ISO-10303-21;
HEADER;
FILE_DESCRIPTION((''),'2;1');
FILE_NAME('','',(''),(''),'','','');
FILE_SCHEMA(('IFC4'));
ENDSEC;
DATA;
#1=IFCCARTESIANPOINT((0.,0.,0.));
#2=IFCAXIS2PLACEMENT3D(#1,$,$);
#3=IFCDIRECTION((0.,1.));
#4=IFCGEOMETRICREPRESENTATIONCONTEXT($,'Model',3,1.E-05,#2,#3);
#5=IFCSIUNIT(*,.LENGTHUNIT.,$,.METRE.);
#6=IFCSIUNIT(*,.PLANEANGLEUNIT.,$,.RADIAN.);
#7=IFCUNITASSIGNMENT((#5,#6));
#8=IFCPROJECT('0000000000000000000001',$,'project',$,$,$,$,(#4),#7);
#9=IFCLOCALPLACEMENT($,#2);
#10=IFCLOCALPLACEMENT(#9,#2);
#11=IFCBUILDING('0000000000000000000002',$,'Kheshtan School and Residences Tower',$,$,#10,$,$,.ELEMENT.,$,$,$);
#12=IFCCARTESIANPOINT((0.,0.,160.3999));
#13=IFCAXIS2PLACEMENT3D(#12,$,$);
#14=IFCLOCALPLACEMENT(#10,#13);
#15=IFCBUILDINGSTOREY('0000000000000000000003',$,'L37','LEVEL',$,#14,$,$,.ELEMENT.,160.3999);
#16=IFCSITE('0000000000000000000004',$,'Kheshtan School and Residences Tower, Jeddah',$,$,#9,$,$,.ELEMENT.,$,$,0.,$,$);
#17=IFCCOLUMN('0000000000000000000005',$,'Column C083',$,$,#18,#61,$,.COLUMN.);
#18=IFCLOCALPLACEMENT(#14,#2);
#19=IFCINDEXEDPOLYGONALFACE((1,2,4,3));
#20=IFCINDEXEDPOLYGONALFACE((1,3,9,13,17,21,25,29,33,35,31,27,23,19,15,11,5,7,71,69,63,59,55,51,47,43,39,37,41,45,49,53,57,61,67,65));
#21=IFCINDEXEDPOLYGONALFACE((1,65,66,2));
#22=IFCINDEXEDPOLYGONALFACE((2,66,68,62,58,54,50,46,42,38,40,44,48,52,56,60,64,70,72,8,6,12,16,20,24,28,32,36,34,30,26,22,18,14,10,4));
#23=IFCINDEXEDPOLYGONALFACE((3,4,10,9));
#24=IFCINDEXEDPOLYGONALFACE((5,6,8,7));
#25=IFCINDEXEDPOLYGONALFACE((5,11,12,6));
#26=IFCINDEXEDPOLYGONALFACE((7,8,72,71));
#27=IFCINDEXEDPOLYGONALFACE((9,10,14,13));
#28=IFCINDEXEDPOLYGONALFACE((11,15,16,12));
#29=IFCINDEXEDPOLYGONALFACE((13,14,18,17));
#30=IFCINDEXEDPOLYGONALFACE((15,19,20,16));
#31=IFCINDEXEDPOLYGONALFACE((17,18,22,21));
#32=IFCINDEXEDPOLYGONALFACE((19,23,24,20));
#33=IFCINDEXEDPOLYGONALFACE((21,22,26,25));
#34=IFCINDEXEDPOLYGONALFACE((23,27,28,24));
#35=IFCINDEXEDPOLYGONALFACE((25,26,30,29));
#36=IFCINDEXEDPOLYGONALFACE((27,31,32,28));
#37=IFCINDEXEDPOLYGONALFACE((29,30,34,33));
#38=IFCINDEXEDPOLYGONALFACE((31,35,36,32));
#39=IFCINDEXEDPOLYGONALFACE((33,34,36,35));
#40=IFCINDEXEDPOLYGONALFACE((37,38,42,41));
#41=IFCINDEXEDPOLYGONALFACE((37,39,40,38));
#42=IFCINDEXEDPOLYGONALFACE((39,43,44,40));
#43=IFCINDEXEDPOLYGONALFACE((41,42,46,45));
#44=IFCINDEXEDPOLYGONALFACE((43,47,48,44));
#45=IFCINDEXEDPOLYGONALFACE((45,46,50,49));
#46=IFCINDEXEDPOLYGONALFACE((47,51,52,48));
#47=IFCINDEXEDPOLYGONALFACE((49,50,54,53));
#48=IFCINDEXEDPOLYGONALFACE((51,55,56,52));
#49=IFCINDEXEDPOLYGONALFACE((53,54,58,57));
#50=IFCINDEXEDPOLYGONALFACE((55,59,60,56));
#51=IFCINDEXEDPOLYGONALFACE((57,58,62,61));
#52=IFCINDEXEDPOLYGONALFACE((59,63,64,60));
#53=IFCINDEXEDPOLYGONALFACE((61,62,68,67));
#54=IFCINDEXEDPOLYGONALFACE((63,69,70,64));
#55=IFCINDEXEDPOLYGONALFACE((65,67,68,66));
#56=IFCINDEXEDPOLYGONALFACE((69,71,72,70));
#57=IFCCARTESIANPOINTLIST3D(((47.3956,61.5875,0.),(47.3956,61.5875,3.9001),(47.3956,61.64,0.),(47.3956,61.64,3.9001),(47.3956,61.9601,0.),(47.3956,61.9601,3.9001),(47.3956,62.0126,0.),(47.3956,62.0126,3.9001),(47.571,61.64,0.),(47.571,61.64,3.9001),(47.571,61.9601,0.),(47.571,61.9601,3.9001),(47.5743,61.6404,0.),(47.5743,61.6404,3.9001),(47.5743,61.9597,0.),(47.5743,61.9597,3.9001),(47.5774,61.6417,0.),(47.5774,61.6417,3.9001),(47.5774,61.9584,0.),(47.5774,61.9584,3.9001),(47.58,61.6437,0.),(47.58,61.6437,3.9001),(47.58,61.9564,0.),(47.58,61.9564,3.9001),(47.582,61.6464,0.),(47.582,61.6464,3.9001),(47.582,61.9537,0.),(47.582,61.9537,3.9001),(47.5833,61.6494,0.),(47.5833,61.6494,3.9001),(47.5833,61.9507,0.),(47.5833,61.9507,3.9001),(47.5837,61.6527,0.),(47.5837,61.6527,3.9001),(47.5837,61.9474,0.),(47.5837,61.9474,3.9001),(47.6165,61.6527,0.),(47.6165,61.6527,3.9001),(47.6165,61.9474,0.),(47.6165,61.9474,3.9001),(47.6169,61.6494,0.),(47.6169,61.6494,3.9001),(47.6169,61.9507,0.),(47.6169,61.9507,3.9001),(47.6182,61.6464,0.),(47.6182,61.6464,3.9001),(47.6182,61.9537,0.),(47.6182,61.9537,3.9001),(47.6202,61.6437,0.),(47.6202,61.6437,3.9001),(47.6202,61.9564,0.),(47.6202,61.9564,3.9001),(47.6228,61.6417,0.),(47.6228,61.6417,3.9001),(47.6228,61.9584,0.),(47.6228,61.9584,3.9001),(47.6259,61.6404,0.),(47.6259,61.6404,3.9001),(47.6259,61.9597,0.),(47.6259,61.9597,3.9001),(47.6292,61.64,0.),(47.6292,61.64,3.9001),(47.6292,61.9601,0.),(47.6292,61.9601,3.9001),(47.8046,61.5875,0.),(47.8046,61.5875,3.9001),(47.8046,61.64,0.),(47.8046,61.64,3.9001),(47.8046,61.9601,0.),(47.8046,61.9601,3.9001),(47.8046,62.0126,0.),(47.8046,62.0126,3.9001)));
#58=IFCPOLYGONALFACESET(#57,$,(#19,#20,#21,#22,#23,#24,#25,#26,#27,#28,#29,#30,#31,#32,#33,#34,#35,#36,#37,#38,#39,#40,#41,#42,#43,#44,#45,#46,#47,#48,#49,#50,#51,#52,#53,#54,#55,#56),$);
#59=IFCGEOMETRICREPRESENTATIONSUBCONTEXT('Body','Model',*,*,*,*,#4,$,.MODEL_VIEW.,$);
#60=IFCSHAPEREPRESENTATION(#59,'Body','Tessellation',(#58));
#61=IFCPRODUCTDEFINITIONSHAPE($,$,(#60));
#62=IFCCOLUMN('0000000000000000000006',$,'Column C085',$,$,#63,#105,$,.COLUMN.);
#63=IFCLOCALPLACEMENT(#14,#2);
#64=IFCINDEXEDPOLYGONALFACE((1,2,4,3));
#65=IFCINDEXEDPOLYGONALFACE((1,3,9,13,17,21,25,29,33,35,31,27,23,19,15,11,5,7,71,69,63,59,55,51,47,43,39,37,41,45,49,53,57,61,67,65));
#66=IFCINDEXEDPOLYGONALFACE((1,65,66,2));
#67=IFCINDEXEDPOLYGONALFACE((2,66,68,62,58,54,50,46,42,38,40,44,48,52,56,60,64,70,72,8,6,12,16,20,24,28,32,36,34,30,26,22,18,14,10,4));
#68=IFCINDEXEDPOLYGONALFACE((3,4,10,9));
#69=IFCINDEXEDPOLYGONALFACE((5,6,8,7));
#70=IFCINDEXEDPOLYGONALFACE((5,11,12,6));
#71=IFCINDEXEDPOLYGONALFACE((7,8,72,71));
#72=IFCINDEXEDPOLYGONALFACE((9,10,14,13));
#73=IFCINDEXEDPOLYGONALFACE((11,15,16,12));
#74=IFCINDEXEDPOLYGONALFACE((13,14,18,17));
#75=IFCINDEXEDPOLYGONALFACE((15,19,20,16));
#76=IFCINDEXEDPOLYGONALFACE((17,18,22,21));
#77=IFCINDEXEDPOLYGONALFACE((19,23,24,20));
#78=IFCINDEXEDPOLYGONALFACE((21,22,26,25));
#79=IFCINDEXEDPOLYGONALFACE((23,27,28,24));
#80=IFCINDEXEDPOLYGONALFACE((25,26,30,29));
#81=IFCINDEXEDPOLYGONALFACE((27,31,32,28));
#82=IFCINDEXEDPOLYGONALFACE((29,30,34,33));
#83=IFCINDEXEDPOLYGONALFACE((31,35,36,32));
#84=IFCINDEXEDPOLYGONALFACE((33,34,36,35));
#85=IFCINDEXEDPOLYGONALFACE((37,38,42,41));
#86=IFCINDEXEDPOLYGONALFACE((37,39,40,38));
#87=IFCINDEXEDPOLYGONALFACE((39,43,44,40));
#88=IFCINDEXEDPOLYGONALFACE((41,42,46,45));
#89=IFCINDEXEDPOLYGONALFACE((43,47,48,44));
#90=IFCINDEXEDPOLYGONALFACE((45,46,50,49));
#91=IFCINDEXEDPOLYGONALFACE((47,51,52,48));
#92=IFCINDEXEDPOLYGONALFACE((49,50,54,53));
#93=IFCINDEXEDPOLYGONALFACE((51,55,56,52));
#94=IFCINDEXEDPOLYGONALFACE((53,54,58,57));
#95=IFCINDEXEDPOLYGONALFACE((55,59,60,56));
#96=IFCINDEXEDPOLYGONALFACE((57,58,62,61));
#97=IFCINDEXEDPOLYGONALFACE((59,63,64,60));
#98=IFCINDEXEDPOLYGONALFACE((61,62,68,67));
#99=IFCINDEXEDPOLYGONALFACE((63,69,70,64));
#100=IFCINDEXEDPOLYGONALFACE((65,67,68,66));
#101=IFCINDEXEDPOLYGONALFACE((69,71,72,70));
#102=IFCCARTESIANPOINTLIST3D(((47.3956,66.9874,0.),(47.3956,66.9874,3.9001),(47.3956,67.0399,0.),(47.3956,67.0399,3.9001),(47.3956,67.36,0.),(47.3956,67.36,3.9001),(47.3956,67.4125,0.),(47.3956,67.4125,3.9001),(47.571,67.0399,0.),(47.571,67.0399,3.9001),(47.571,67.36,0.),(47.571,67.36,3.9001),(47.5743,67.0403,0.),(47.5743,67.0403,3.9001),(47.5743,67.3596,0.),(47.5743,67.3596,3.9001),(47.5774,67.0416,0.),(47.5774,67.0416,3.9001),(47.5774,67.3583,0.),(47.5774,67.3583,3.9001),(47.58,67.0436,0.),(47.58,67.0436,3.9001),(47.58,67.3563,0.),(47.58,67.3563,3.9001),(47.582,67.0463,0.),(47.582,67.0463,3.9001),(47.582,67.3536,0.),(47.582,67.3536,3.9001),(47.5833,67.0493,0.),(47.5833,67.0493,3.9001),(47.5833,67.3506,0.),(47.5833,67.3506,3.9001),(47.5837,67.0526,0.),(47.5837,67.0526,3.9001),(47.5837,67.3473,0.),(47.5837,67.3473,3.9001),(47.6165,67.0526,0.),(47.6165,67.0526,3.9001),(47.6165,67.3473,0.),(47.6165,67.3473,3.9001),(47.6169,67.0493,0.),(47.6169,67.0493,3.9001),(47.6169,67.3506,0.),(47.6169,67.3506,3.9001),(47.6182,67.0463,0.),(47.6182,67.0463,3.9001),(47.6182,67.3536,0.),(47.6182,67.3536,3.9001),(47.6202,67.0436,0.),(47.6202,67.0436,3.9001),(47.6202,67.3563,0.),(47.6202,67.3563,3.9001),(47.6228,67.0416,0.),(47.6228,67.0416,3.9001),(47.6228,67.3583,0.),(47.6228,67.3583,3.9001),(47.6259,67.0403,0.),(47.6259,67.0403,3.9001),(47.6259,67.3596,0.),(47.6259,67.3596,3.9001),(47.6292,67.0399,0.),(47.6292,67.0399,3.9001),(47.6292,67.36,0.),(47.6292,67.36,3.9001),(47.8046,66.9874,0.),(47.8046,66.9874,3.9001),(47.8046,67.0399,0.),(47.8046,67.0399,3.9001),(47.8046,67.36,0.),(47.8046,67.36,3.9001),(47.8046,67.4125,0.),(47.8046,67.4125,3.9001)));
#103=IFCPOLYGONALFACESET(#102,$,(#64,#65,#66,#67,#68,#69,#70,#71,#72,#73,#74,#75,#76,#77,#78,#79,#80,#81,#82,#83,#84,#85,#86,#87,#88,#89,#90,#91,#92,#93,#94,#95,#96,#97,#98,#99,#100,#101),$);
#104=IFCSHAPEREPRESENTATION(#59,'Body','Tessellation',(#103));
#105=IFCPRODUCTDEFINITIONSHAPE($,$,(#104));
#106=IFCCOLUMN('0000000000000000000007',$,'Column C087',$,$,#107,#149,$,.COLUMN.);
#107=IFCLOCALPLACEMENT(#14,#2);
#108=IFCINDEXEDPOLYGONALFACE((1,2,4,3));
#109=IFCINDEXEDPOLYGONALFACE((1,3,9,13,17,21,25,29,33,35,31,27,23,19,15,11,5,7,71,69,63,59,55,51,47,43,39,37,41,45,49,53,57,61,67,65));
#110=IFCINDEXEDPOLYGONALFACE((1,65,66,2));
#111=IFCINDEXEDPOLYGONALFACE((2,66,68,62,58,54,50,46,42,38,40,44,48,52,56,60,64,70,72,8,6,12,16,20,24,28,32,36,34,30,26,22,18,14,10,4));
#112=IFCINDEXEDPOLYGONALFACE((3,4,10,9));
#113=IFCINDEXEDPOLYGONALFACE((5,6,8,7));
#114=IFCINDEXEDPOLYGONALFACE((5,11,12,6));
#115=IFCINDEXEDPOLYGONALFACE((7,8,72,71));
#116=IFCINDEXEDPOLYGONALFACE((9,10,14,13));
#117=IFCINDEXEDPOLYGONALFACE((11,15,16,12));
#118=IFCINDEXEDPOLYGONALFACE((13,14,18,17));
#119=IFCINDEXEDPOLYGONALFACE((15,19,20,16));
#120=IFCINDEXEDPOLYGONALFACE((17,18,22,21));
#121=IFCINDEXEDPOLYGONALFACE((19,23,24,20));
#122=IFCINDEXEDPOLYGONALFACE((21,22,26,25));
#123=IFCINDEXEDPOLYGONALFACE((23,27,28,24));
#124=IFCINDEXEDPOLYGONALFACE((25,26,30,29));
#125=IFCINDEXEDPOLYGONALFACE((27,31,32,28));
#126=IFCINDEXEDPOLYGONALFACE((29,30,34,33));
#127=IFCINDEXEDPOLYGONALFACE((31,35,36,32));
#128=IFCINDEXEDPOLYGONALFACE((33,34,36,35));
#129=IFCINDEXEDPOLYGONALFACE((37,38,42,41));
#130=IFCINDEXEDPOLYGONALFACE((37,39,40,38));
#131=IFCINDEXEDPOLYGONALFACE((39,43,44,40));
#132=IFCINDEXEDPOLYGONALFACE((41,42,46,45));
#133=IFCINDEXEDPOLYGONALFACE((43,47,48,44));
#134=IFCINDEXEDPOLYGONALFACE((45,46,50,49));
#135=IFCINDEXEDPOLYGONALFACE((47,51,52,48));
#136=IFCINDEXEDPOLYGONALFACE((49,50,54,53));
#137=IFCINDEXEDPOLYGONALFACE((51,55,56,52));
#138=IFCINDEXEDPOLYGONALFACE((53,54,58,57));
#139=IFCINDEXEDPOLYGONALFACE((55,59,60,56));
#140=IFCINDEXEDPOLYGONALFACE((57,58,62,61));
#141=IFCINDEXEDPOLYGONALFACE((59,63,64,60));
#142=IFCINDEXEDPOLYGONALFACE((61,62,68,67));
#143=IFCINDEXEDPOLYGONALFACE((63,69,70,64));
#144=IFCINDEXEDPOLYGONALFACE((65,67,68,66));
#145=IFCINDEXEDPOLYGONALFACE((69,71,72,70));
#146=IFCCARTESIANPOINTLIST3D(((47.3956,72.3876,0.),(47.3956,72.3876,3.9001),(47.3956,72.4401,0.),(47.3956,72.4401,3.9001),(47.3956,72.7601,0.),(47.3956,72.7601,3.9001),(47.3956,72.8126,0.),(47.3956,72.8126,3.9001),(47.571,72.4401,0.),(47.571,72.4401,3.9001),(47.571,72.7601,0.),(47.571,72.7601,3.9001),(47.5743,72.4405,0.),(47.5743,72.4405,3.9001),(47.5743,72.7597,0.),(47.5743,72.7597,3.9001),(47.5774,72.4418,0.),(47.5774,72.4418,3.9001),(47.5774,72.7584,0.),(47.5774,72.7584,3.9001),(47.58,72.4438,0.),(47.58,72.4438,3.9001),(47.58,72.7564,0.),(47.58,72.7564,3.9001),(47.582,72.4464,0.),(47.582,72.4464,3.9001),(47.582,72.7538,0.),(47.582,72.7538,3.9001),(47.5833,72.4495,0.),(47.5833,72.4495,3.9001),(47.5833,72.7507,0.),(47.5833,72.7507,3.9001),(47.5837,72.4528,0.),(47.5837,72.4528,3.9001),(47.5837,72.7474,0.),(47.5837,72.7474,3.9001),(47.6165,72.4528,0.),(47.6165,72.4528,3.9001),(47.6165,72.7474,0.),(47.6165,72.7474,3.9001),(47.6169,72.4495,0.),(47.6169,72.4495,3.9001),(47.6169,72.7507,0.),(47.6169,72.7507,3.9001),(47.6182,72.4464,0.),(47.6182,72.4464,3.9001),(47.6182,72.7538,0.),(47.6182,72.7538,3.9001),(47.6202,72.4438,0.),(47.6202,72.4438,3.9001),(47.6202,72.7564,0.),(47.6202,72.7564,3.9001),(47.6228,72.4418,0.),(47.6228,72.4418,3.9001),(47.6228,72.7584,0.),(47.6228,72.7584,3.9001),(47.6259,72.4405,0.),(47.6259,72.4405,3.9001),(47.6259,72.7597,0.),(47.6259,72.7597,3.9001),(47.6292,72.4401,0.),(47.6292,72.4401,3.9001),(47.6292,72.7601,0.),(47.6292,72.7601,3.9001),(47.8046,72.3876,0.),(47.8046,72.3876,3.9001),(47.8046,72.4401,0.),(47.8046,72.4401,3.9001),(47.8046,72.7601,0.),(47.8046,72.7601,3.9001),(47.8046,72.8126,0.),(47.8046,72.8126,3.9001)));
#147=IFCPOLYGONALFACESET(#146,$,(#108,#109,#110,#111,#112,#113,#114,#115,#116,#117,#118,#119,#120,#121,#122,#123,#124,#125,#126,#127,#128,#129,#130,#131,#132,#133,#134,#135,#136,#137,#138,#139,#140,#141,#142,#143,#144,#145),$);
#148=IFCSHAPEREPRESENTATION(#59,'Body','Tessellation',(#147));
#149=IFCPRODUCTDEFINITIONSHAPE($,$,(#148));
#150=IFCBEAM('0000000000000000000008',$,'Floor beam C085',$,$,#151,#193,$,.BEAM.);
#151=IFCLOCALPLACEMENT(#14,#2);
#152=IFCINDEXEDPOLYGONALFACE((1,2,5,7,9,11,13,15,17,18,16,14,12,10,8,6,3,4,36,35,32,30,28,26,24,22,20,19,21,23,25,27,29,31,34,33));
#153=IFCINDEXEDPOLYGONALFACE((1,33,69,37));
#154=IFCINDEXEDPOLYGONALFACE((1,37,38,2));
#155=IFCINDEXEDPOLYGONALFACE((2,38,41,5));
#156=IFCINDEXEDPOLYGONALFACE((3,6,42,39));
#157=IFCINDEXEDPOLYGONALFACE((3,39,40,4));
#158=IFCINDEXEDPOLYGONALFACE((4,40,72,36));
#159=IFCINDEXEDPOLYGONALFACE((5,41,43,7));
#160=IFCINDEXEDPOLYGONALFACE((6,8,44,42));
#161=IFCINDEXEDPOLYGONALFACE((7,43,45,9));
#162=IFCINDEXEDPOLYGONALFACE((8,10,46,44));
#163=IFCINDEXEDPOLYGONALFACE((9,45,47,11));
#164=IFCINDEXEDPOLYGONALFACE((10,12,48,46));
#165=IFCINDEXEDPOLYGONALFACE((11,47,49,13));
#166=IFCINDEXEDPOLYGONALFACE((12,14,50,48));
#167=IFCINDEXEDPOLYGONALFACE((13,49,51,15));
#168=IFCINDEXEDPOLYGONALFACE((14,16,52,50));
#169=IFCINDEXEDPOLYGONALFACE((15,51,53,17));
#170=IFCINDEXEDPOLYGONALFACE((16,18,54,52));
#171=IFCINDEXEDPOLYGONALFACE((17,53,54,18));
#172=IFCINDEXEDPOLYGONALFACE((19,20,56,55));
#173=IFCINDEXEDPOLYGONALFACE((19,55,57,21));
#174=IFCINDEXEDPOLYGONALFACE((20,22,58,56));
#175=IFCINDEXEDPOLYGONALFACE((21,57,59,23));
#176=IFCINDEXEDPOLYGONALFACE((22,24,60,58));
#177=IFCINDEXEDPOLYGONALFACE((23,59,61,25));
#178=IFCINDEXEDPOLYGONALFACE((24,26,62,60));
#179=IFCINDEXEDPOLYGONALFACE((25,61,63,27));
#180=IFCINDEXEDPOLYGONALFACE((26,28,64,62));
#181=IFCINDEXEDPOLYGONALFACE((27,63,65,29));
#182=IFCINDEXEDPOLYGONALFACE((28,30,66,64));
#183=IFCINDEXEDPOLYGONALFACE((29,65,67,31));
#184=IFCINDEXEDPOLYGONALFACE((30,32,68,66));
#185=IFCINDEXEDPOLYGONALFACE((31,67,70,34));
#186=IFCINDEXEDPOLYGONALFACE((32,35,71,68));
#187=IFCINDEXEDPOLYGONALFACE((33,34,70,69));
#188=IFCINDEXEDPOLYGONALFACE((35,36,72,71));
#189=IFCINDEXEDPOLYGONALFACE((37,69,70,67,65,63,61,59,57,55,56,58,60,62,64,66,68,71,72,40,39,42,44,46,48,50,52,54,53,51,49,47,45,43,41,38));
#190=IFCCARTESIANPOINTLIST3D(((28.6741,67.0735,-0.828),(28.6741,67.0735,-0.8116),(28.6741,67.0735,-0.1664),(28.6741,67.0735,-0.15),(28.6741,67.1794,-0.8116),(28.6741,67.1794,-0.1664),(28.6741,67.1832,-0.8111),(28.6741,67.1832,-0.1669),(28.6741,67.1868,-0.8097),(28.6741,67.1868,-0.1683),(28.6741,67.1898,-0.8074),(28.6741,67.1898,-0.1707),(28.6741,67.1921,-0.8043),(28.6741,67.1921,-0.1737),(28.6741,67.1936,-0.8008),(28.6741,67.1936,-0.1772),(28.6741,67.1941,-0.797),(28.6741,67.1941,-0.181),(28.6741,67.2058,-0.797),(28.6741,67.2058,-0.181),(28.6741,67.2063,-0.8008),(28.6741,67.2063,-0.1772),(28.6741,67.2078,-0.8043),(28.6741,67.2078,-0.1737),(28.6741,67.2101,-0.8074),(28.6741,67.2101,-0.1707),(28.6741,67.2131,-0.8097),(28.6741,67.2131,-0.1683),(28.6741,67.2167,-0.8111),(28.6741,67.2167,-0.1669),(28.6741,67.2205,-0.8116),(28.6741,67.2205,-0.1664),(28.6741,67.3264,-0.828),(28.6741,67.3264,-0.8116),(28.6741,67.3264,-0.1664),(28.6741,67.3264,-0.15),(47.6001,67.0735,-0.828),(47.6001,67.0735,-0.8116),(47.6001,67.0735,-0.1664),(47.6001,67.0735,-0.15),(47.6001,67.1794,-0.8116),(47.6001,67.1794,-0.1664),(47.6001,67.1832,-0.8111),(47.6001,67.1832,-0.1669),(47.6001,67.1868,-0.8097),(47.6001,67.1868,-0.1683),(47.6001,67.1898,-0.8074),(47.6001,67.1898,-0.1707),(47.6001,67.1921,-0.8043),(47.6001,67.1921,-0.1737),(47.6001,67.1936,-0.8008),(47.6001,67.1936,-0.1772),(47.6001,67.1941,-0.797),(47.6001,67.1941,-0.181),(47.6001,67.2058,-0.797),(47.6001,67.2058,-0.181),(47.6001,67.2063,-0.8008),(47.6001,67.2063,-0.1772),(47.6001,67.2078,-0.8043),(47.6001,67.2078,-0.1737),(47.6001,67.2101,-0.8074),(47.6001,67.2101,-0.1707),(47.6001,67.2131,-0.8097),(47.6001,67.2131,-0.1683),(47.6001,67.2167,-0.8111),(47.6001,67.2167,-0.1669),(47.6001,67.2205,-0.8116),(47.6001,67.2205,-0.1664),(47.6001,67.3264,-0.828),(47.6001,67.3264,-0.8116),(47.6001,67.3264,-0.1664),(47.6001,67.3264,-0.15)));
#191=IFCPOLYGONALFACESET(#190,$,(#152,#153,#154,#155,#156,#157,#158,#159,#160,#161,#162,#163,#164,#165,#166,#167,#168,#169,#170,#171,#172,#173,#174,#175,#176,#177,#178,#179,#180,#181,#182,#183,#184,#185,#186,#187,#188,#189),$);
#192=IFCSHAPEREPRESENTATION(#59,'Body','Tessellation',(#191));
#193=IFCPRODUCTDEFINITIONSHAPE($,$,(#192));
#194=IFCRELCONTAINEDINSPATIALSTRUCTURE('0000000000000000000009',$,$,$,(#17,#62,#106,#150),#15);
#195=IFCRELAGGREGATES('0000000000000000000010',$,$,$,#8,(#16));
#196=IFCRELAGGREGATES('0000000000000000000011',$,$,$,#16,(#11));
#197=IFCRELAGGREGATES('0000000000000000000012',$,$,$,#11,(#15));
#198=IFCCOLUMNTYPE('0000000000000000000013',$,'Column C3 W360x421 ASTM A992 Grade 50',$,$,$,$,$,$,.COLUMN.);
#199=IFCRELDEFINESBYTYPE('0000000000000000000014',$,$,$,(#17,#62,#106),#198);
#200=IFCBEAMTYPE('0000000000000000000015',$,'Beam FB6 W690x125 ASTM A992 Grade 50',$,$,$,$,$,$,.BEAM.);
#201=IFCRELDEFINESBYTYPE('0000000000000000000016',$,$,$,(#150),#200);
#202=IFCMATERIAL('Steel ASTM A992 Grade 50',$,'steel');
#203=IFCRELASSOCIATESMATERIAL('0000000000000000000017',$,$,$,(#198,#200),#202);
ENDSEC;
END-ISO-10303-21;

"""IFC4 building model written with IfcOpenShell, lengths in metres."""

from ifc_helpers import new_model, si_unit, direction, frame, origin, origin_2d, place, context, subcontext, project, spatial, i_section, extrude, material, material_profile, profile_set, type_object, element, save


model = new_model("IFC4")

# Units and contexts
model_context = context("Model", 3, precision=1e-05, world=origin(), true_north=direction((0.0, 1.0)))
body_context = subcontext(model_context, "Body", "Model", "MODEL_VIEW")
ifc_project = project(units=[si_unit("LENGTHUNIT", "METRE"), si_unit("PLANEANGLEUNIT", "RADIAN")], contexts=[model_context])

# Site, building, storey
site_placement = place(None, origin())
site = spatial("IfcSite", under=ifc_project, at=site_placement, Name="Kheshtan School and Residences Tower, Jeddah", CompositionType="ELEMENT", RefElevation=0.0)
building_placement = place(site_placement, origin())
building = spatial("IfcBuilding", under=site, at=building_placement, Name="Kheshtan School and Residences Tower", CompositionType="ELEMENT")
storey_placement = place(building_placement, frame((0.0, 0.0, 160.3999)))
storey = spatial("IfcBuildingStorey", under=building, at=storey_placement, Name="L37", Description="LEVEL", CompositionType="ELEMENT", Elevation=160.3999)

# Columns
ifc_material_1 = material(Name="Steel ASTM A992 Grade 50", Category="steel")
ifc_material_profile_1 = material_profile(ifc_material_1, i_section(OverallWidth=0.4089, OverallDepth=0.425, WebThickness=0.0327, FlangeThickness=0.0525, FilletRadius=0.0127, at=origin_2d()), Name="W360x421")
ifc_profile_set_1 = profile_set([ifc_material_profile_1], Name="Steel ASTM A992 Grade 50")
column_type = type_object("IfcColumnType", Name="Column C3 W360x421 ASTM A992 Grade 50", PredefinedType="COLUMN", material=ifc_profile_set_1)
for number, where, z_axis, x_axis, name in (
    (1, (47.6001, 61.8, 0.0), (0.0, 0.0, 1.0), (1.0, 0.0, 0.0), "Column C083"),
    (2, (47.6001, 67.2, 0.0), (0.0, 0.0, 1.0), (1.0, 0.0, 0.0), "Column C085"),
    (3, (47.6001, 72.6001, 0.0), (0.0, 0.0, 1.0), (1.0, 0.0, 0.0), "Column C087"),
):
    element("IfcColumn", number, at=place(storey_placement, frame(where, z_axis=z_axis, x_axis=x_axis)), inside=storey, type_object=column_type, Name=name, PredefinedType="COLUMN", context=body_context, shape_type="SweptSolid", body=[
        extrude(i_section(OverallWidth=0.4089, OverallDepth=0.425, WebThickness=0.0327, FlangeThickness=0.0525, FilletRadius=0.0127, at=origin_2d()), origin(), (0.0, 0.0, 1.0), 3.9001),
    ])

# Beam
ifc_material_profile_2 = material_profile(ifc_material_1, i_section(OverallWidth=0.2529, OverallDepth=0.678, WebThickness=0.0117, FlangeThickness=0.0164, FilletRadius=0.0146, at=origin_2d()), Name="W690x125")
ifc_profile_set_2 = profile_set([ifc_material_profile_2], Name="Steel ASTM A992 Grade 50")
beam_type_1 = type_object("IfcBeamType", Name="Beam FB6 W690x125 ASTM A992 Grade 50", PredefinedType="BEAM", material=ifc_profile_set_2)
beam_1_placement = place(storey_placement, frame((47.6001, 67.2, -0.489), z_axis=(-1.0, 0.0, 0.0), x_axis=(0.0, -1.0, 0.0)))
element("IfcBeam", 4, at=beam_1_placement, inside=storey, type_object=beam_type_1, Name="Floor beam C085", PredefinedType="BEAM", context=body_context, shape_type="SweptSolid", body=[
    extrude(i_section(OverallWidth=0.2529, OverallDepth=0.678, WebThickness=0.0117, FlangeThickness=0.0164, FilletRadius=0.0146, at=origin_2d()), origin(), (0.0, 0.0, 1.0), 18.926),
])

save(model, "model.ifc")
